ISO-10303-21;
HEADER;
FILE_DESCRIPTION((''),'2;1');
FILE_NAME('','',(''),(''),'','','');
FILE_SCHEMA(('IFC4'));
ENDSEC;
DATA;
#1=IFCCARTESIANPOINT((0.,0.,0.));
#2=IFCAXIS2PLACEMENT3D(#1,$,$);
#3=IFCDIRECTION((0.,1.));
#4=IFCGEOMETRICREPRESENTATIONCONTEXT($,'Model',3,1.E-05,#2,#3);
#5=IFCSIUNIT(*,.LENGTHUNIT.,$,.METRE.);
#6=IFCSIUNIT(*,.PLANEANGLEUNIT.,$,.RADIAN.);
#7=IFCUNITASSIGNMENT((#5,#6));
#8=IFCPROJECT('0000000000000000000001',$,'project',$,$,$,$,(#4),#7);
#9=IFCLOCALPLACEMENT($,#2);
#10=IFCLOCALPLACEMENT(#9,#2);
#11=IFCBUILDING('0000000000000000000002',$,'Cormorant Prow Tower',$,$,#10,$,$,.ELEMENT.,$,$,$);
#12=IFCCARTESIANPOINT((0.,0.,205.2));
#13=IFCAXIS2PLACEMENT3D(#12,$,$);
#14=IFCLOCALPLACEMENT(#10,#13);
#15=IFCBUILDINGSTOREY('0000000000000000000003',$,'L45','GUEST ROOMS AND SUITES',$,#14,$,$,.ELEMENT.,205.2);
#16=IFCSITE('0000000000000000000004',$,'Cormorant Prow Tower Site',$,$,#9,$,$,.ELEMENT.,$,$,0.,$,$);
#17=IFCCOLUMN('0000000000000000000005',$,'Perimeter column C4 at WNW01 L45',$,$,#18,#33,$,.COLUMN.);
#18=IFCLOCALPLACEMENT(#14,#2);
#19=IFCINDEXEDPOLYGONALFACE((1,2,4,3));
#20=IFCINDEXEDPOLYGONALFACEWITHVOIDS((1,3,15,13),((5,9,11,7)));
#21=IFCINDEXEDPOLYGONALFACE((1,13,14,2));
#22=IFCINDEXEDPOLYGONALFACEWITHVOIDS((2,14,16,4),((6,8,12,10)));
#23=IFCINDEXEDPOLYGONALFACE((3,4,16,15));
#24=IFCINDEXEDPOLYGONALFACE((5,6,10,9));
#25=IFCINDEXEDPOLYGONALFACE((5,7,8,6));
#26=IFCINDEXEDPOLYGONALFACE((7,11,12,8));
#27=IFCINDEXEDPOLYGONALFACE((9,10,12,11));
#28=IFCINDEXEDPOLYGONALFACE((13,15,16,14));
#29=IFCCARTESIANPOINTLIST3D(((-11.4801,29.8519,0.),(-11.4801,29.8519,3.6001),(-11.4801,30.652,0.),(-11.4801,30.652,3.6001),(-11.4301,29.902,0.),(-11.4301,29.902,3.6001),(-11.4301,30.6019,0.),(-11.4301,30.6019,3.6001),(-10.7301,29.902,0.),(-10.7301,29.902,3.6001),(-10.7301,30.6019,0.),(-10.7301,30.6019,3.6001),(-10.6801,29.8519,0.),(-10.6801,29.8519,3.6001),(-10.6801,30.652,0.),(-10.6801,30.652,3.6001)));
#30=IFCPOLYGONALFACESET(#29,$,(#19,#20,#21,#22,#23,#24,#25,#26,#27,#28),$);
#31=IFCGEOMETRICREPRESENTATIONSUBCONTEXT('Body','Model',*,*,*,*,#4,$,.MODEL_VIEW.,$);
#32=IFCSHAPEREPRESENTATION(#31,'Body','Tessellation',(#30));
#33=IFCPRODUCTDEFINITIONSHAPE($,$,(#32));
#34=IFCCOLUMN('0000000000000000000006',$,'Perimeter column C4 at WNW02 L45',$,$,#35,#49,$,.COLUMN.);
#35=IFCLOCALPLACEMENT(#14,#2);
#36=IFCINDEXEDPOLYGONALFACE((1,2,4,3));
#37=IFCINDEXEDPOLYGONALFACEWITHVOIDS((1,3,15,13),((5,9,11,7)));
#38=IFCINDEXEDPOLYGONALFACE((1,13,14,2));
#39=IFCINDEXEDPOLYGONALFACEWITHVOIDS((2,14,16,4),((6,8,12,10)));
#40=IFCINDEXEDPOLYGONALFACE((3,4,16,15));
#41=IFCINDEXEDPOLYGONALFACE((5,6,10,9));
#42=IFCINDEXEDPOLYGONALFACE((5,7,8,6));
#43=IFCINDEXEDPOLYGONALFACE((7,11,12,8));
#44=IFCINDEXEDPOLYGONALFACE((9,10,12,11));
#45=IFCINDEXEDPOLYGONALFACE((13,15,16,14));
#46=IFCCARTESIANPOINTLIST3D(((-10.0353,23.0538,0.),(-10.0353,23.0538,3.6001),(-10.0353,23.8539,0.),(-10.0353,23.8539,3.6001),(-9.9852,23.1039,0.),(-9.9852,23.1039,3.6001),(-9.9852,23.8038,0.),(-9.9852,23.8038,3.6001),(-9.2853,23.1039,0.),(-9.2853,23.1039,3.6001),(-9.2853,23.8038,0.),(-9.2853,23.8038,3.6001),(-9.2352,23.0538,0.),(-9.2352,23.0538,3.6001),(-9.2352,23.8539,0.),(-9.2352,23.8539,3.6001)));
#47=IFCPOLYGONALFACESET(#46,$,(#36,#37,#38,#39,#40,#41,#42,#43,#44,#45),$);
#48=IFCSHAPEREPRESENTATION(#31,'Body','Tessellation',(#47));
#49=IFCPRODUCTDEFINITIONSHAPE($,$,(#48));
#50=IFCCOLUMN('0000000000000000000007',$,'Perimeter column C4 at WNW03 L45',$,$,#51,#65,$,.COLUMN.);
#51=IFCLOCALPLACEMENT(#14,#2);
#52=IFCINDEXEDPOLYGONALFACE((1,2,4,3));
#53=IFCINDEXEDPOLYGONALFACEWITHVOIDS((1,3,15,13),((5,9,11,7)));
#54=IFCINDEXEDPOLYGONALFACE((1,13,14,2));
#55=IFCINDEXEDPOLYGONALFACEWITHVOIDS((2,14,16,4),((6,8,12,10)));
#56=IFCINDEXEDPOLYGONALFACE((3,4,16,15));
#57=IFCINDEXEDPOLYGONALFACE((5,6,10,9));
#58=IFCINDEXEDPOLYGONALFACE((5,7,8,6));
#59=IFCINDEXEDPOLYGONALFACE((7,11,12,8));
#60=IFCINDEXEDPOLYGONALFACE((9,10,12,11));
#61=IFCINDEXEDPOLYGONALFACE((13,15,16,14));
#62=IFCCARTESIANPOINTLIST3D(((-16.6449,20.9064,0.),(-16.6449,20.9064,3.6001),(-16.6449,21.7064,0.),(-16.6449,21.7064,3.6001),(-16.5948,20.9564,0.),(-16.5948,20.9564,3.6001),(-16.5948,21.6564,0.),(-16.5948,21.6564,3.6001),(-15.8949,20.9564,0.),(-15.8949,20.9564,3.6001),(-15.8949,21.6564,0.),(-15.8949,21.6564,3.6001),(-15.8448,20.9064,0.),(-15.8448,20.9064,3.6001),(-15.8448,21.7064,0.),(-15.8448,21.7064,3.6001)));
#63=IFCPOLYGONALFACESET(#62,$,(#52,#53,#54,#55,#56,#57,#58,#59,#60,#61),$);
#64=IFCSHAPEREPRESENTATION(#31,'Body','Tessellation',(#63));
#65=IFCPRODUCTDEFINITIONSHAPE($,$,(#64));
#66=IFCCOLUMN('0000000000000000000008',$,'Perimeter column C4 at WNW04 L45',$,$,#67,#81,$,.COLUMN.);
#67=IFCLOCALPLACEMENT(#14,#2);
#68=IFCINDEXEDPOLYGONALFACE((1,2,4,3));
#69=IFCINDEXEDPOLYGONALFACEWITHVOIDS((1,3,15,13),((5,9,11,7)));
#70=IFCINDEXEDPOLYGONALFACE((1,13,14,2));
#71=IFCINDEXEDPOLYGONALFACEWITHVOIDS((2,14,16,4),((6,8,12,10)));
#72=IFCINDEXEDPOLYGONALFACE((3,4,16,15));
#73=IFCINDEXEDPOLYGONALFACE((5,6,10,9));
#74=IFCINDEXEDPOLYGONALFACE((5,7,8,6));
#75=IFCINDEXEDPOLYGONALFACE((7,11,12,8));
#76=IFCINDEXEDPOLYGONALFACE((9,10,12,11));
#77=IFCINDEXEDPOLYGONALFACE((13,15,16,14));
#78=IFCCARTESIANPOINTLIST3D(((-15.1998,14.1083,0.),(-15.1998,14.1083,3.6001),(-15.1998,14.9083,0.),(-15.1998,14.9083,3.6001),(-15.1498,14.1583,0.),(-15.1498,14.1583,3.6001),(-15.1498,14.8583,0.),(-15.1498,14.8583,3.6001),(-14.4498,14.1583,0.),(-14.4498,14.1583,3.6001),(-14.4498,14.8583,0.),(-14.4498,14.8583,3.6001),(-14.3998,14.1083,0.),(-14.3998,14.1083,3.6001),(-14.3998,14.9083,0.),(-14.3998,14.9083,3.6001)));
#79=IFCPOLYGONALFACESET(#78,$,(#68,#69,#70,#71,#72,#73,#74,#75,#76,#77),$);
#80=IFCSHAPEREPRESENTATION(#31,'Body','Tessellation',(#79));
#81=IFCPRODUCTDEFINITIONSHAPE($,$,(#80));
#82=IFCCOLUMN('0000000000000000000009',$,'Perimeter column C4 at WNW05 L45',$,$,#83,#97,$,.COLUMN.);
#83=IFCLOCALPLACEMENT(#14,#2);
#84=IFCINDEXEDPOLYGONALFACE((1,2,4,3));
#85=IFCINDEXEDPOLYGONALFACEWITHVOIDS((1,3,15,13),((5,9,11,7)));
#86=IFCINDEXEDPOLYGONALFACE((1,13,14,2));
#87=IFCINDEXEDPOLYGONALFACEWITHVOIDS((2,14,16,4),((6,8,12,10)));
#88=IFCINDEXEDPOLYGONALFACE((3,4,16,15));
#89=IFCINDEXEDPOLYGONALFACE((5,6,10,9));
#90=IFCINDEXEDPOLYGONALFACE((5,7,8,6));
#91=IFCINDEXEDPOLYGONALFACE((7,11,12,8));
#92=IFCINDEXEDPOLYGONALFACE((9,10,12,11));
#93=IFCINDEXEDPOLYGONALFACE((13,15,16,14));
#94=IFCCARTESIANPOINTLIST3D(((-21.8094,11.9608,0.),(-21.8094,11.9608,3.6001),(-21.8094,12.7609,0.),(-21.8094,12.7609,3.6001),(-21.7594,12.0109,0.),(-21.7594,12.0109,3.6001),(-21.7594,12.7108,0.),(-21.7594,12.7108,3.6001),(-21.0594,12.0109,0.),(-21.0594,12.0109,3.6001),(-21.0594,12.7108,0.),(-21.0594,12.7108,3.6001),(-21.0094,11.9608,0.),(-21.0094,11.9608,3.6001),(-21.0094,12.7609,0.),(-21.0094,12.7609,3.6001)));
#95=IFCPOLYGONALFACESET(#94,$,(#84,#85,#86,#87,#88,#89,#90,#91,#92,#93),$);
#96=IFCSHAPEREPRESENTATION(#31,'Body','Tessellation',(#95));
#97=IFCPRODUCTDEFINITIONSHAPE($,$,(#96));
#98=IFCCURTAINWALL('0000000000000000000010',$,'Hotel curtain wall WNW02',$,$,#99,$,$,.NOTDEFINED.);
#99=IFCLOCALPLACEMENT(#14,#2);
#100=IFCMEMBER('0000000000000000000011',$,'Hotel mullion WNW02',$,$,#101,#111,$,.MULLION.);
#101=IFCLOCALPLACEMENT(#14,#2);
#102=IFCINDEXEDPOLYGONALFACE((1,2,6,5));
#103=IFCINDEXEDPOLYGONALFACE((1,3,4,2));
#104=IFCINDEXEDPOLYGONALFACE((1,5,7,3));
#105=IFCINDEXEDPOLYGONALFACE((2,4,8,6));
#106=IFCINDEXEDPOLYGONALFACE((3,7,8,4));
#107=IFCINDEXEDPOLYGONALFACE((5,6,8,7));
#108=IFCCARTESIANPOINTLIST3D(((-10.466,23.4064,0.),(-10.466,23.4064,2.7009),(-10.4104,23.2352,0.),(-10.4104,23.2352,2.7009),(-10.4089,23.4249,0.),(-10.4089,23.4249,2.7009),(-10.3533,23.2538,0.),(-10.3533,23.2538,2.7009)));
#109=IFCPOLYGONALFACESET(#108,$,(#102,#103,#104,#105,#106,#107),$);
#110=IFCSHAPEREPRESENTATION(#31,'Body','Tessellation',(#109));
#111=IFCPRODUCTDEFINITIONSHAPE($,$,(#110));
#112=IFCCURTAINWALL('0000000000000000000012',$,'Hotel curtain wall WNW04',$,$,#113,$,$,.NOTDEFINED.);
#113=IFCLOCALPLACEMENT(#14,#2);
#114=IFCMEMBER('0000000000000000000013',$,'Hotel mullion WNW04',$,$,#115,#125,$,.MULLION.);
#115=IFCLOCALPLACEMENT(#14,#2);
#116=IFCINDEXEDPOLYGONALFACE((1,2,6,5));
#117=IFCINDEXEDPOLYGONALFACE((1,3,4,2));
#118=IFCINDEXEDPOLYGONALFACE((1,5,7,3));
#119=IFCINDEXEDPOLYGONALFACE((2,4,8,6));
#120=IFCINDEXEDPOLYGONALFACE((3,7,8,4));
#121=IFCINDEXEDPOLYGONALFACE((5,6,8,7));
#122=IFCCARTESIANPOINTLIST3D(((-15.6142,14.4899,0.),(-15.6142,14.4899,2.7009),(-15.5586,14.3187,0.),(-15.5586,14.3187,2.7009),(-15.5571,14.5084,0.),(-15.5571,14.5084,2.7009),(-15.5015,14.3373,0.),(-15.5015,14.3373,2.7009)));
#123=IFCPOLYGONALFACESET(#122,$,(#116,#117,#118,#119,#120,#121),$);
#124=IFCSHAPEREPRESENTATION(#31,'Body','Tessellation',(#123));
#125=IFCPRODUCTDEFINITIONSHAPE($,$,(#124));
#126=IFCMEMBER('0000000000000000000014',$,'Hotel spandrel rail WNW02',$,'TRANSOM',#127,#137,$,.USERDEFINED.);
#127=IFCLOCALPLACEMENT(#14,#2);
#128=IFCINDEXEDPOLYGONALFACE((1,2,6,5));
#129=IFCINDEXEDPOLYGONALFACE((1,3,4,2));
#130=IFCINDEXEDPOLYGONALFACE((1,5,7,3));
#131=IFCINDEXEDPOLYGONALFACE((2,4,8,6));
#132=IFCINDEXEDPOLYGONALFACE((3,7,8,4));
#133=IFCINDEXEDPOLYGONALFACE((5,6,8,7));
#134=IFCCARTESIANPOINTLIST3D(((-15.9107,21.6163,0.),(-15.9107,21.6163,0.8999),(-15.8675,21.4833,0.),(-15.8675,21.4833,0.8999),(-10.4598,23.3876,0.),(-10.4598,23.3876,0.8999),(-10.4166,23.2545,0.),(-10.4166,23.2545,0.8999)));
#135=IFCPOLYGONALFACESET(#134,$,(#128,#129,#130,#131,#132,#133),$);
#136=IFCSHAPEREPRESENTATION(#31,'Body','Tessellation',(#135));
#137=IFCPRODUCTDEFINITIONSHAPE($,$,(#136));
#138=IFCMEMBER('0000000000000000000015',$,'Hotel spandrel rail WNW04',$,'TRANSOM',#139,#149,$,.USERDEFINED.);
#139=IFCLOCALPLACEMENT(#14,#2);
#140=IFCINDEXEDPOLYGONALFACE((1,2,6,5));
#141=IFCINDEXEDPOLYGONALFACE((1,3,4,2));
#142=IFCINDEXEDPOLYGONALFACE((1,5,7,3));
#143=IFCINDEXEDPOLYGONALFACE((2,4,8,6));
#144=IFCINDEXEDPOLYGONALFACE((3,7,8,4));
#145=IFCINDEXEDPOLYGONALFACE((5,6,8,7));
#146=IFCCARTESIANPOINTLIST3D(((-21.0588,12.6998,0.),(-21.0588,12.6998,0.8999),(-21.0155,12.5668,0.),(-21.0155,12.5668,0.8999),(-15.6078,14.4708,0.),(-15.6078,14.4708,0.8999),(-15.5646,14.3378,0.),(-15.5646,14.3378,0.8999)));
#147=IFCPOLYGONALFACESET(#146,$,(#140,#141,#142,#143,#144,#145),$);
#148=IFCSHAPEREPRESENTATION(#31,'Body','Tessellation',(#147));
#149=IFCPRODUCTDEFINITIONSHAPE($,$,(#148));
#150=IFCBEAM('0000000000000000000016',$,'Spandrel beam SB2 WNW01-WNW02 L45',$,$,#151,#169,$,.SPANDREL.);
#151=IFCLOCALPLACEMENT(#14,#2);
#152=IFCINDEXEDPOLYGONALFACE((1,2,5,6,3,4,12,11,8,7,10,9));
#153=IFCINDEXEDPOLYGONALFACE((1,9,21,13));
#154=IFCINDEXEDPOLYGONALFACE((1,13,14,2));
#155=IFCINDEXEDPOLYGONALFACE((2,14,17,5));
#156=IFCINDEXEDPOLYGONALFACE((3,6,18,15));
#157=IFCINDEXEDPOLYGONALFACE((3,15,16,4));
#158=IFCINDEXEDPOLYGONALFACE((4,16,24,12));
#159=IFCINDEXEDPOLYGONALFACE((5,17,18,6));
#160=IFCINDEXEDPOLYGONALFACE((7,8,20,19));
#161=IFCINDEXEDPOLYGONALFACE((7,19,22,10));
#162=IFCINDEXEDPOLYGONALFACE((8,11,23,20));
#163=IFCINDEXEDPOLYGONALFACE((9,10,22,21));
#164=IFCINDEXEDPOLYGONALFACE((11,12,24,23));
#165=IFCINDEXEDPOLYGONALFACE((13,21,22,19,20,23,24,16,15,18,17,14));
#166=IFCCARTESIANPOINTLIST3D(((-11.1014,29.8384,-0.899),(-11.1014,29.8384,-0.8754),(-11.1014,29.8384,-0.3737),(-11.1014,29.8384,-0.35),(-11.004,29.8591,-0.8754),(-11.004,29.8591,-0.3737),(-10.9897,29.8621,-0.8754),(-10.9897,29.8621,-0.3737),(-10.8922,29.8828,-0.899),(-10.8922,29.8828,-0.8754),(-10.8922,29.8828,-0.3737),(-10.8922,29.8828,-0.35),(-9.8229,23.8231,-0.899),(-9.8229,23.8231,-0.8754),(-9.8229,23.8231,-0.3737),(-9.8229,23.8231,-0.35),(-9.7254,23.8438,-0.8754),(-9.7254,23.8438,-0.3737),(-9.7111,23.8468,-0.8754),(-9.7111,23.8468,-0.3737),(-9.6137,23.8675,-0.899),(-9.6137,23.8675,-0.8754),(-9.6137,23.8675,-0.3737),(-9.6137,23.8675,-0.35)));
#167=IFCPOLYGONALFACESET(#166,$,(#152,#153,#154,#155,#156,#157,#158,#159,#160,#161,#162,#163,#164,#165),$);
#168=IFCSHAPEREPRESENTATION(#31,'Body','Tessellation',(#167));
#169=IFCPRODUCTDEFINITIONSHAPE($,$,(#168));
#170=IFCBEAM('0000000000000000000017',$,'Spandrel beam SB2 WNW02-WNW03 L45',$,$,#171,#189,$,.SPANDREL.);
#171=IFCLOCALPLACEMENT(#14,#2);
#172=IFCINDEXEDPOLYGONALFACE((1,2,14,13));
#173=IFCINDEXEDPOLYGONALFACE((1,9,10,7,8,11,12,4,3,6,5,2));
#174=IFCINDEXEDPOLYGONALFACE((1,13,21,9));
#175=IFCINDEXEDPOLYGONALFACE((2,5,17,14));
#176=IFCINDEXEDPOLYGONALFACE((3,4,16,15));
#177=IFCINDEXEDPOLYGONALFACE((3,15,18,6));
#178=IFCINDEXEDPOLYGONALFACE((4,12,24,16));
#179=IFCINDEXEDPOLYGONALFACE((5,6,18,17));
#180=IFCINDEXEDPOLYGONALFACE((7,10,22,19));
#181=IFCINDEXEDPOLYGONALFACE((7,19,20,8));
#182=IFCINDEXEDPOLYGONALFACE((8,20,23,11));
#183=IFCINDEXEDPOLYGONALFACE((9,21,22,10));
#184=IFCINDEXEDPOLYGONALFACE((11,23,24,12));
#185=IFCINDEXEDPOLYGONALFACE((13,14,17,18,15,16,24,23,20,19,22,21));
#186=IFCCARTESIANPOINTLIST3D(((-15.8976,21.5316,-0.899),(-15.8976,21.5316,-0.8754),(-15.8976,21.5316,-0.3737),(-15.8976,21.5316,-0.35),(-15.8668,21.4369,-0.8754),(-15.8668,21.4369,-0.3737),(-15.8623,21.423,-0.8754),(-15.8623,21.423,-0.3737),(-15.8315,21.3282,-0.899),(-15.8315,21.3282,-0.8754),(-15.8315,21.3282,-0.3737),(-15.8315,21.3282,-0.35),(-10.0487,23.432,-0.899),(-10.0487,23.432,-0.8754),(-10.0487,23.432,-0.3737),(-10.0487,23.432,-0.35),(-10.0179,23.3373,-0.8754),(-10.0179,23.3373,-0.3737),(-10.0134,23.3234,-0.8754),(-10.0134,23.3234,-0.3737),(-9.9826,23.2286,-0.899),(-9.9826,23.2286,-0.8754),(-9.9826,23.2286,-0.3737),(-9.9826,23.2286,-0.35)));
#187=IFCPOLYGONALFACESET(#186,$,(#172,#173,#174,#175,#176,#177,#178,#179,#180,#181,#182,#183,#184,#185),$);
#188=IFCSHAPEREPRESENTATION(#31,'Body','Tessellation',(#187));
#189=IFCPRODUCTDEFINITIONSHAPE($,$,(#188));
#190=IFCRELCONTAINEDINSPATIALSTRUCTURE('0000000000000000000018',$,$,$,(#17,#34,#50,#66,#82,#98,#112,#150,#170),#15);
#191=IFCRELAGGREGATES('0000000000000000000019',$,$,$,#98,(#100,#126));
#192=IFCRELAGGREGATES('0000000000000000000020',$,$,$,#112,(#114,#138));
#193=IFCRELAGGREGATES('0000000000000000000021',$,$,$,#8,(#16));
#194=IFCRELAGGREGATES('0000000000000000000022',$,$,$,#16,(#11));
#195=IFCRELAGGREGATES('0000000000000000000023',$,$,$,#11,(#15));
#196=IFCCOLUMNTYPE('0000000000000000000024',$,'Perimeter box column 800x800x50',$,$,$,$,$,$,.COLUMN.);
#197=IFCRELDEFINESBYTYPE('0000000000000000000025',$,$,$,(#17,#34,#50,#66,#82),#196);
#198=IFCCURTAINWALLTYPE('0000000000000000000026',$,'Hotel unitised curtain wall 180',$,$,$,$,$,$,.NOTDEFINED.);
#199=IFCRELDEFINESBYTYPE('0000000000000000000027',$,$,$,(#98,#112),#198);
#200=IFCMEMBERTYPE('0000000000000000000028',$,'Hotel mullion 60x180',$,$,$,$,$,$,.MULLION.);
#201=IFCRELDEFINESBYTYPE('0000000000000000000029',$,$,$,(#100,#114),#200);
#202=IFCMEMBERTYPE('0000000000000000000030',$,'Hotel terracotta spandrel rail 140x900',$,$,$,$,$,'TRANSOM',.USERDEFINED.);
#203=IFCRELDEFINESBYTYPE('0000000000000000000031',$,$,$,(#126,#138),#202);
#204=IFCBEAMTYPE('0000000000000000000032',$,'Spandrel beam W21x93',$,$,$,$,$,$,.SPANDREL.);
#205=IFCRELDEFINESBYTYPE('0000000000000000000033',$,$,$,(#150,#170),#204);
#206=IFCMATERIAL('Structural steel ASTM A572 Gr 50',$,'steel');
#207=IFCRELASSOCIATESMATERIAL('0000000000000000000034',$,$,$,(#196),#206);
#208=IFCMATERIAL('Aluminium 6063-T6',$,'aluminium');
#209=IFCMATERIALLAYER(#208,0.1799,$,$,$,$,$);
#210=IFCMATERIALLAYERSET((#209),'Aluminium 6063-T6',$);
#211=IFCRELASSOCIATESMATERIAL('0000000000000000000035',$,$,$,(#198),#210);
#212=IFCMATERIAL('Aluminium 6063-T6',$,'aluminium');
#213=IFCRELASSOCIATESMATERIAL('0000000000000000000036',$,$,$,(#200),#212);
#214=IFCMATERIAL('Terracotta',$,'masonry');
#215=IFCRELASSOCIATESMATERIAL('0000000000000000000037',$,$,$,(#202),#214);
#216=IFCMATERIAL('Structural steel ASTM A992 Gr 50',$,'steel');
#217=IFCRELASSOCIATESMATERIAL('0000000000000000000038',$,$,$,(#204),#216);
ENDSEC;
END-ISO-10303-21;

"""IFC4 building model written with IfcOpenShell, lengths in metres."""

from ifc_helpers import new_model, si_unit, direction, frame, origin, origin_2d, place, context, subcontext, project, spatial, rectangle, hollow_rectangle, i_section, extrude, material, layer, layer_set, material_profile, profile_set, type_object, element, aggregate, save


model = new_model("IFC4")

# Units and contexts
model_context = context("Model", 3, precision=1e-05, world=origin(), true_north=direction((0.0, 1.0)))
body_context = subcontext(model_context, "Body", "Model", "MODEL_VIEW")
ifc_project = project(units=[si_unit("LENGTHUNIT", "METRE"), si_unit("PLANEANGLEUNIT", "RADIAN")], contexts=[model_context])

# Site, building, storey
site_placement = place(None, origin())
site = spatial("IfcSite", under=ifc_project, at=site_placement, Name="Cormorant Prow Tower Site", CompositionType="ELEMENT", RefElevation=0.0)
building_placement = place(site_placement, origin())
building = spatial("IfcBuilding", under=site, at=building_placement, Name="Cormorant Prow Tower", CompositionType="ELEMENT")
storey_placement = place(building_placement, frame((0.0, 0.0, 205.2)))
storey = spatial("IfcBuildingStorey", under=building, at=storey_placement, Name="L45", Description="GUEST ROOMS AND SUITES", CompositionType="ELEMENT", Elevation=205.2)

# Columns
ifc_material_1 = material(Name="Structural steel ASTM A572 Gr 50", Category="steel")
ifc_material_profile_1 = material_profile(ifc_material_1, hollow_rectangle(XDim=0.8, YDim=0.8, WallThickness=0.05, at=origin_2d()), Name="Box 800x800x50")
ifc_profile_set_1 = profile_set([ifc_material_profile_1], Name="Structural steel ASTM A572 Gr 50")
column_type = type_object("IfcColumnType", Name="Perimeter box column 800x800x50", PredefinedType="COLUMN", material=ifc_profile_set_1)
for number, where, z_axis, x_axis, name in (
    (1, (-11.0801, 30.252, 0.0), (0.0, 0.0, 1.0), (1.0, 0.0, 0.0), "Perimeter column C4 at WNW01 L45"),
    (2, (-9.6353, 23.4539, 0.0), (0.0, 0.0, 1.0), (1.0, 0.0, 0.0), "Perimeter column C4 at WNW02 L45"),
    (3, (-16.2449, 21.3064, 0.0), (0.0, 0.0, 1.0), (1.0, 0.0, 0.0), "Perimeter column C4 at WNW03 L45"),
    (4, (-14.7998, 14.5083, 0.0), (0.0, 0.0, 1.0), (1.0, 0.0, 0.0), "Perimeter column C4 at WNW04 L45"),
    (5, (-21.4094, 12.3608, 0.0), (0.0, 0.0, 1.0), (1.0, 0.0, 0.0), "Perimeter column C4 at WNW05 L45"),
):
    element("IfcColumn", number, at=place(storey_placement, frame(where, z_axis=z_axis, x_axis=x_axis)), inside=storey, type_object=column_type, Name=name, PredefinedType="COLUMN", context=body_context, shape_type="SweptSolid", body=[
        extrude(hollow_rectangle(XDim=0.8, YDim=0.8, WallThickness=0.05, at=origin_2d()), origin(), (0.0, 0.0, 1.0), 3.6001),
    ])

# Curtain walls, members
ifc_material_2 = material(Name="Aluminium 6063-T6", Category="aluminium")
ifc_layer_1 = layer(ifc_material_2, 0.1799)
ifc_layer_set_1 = layer_set([ifc_layer_1], Name="Aluminium 6063-T6")
curtain_wall_type = type_object("IfcCurtainWallType", Name="Hotel unitised curtain wall 180", PredefinedType="NOTDEFINED", material=ifc_layer_set_1)
curtain_wall_1_placement = place(storey_placement, origin())
curtain_wall_1 = element("IfcCurtainWall", 6, at=curtain_wall_1_placement, inside=storey, type_object=curtain_wall_type, Name="Hotel curtain wall WNW02", PredefinedType="NOTDEFINED")
ifc_material_3 = material(Name="Aluminium 6063-T6", Category="aluminium")
ifc_material_profile_2 = material_profile(ifc_material_3, rectangle(XDim=0.1799, YDim=0.0601, at=origin_2d()), Name="Hotel mullion 60x180")
ifc_profile_set_2 = profile_set([ifc_material_profile_2], Name="Aluminium 6063-T6")
member_type_1 = type_object("IfcMemberType", Name="Hotel mullion 60x180", PredefinedType="MULLION", material=ifc_profile_set_2)
member_1_placement = place(storey_placement, frame((-10.4097, 23.3301, 0.0), z_axis=(0.0, 0.0, 1.0), x_axis=(0.309017, -0.951056, 0.0)))
member_1 = element("IfcMember", 7, at=member_1_placement, type_object=member_type_1, Name="Hotel mullion WNW02", PredefinedType="MULLION", context=body_context, shape_type="SweptSolid", body=[
    extrude(rectangle(XDim=0.1799, YDim=0.0601, at=origin_2d()), origin(), (0.0, 0.0, 1.0), 2.7009),
])
curtain_wall_2_placement = place(storey_placement, origin())
curtain_wall_2 = element("IfcCurtainWall", 8, at=curtain_wall_2_placement, inside=storey, type_object=curtain_wall_type, Name="Hotel curtain wall WNW04", PredefinedType="NOTDEFINED")
member_2_placement = place(storey_placement, frame((-15.5579, 14.4136, 0.0), z_axis=(0.0, 0.0, 1.0), x_axis=(0.309017, -0.951057, 0.0)))
member_2 = element("IfcMember", 9, at=member_2_placement, type_object=member_type_1, Name="Hotel mullion WNW04", PredefinedType="MULLION", context=body_context, shape_type="SweptSolid", body=[
    extrude(rectangle(XDim=0.1799, YDim=0.0601, at=origin_2d()), origin(), (0.0, 0.0, 1.0), 2.7009),
])

# Members
ifc_material_4 = material(Name="Terracotta", Category="masonry")
ifc_material_profile_3 = material_profile(ifc_material_4, rectangle(XDim=0.1399, YDim=0.8999, at=origin_2d()), Name="Hotel terracotta spandrel rail 140x900")
ifc_profile_set_3 = profile_set([ifc_material_profile_3], Name="Terracotta")
member_type_2 = type_object("IfcMemberType", Name="Hotel terracotta spandrel rail 140x900", ElementType="TRANSOM", PredefinedType="USERDEFINED", material=ifc_profile_set_3)
member_3_placement = place(storey_placement, frame((-10.4382, 23.321, 0.45), z_axis=(-0.95105, -0.309037, 0.0), x_axis=(0.309037, -0.95105, 0.0)))
member_3 = element("IfcMember", 10, at=member_3_placement, type_object=member_type_2, Name="Hotel spandrel rail WNW02", ObjectType="TRANSOM", PredefinedType="USERDEFINED", context=body_context, shape_type="SweptSolid", body=[
    extrude(rectangle(XDim=0.1399, YDim=0.8999, at=origin_2d()), origin(), (0.0, 0.0, 1.0), 5.7314),
])
member_4_placement = place(storey_placement, frame((-15.5862, 14.4043, 0.45), z_axis=(-0.951063, -0.308998, 0.0), x_axis=(0.308998, -0.951063, 0.0)))
member_4 = element("IfcMember", 11, at=member_4_placement, type_object=member_type_2, Name="Hotel spandrel rail WNW04", ObjectType="TRANSOM", PredefinedType="USERDEFINED", context=body_context, shape_type="SweptSolid", body=[
    extrude(rectangle(XDim=0.1399, YDim=0.8999, at=origin_2d()), origin(), (0.0, 0.0, 1.0), 5.7314),
])

# Beams
ifc_material_5 = material(Name="Structural steel ASTM A992 Gr 50", Category="steel")
ifc_material_profile_4 = material_profile(ifc_material_5, i_section(OverallWidth=0.2139, OverallDepth=0.5491, WebThickness=0.0146, FlangeThickness=0.0237, at=origin_2d()), Name="W21x93")
ifc_profile_set_4 = profile_set([ifc_material_profile_4], Name="Structural steel ASTM A992 Gr 50")
beam_type = type_object("IfcBeamType", Name="Spandrel beam W21x93", PredefinedType="SPANDREL", material=ifc_profile_set_4)
beam_1_placement = place(storey_placement, frame((-10.9968, 29.8606, -0.6245), z_axis=(0.207905, -0.978149, 0.0), x_axis=(0.978149, 0.207905, 0.0)))
element("IfcBeam", 12, at=beam_1_placement, inside=storey, type_object=beam_type, Name="Spandrel beam SB2 WNW01-WNW02 L45", PredefinedType="SPANDREL", context=body_context, shape_type="SweptSolid", body=[
    extrude(i_section(OverallWidth=0.2139, OverallDepth=0.5491, WebThickness=0.0146, FlangeThickness=0.0237, at=origin_2d()), origin(), (0.0, 0.0, 1.0), 6.1497),
])
beam_2_placement = place(storey_placement, frame((-10.0156, 23.3303, -0.6245), z_axis=(-0.951058, -0.309013, 0.0), x_axis=(0.309013, -0.951058, 0.0)))
element("IfcBeam", 13, at=beam_2_placement, inside=storey, type_object=beam_type, Name="Spandrel beam SB2 WNW02-WNW03 L45", PredefinedType="SPANDREL", context=body_context, shape_type="SweptSolid", body=[
    extrude(i_section(OverallWidth=0.2139, OverallDepth=0.5491, WebThickness=0.0146, FlangeThickness=0.0237, at=origin_2d()), origin(), (0.0, 0.0, 1.0), 6.1499),
])

aggregate(curtain_wall_1, [member_1, member_3])
aggregate(curtain_wall_2, [member_2, member_4])

save(model, "model.ifc")
